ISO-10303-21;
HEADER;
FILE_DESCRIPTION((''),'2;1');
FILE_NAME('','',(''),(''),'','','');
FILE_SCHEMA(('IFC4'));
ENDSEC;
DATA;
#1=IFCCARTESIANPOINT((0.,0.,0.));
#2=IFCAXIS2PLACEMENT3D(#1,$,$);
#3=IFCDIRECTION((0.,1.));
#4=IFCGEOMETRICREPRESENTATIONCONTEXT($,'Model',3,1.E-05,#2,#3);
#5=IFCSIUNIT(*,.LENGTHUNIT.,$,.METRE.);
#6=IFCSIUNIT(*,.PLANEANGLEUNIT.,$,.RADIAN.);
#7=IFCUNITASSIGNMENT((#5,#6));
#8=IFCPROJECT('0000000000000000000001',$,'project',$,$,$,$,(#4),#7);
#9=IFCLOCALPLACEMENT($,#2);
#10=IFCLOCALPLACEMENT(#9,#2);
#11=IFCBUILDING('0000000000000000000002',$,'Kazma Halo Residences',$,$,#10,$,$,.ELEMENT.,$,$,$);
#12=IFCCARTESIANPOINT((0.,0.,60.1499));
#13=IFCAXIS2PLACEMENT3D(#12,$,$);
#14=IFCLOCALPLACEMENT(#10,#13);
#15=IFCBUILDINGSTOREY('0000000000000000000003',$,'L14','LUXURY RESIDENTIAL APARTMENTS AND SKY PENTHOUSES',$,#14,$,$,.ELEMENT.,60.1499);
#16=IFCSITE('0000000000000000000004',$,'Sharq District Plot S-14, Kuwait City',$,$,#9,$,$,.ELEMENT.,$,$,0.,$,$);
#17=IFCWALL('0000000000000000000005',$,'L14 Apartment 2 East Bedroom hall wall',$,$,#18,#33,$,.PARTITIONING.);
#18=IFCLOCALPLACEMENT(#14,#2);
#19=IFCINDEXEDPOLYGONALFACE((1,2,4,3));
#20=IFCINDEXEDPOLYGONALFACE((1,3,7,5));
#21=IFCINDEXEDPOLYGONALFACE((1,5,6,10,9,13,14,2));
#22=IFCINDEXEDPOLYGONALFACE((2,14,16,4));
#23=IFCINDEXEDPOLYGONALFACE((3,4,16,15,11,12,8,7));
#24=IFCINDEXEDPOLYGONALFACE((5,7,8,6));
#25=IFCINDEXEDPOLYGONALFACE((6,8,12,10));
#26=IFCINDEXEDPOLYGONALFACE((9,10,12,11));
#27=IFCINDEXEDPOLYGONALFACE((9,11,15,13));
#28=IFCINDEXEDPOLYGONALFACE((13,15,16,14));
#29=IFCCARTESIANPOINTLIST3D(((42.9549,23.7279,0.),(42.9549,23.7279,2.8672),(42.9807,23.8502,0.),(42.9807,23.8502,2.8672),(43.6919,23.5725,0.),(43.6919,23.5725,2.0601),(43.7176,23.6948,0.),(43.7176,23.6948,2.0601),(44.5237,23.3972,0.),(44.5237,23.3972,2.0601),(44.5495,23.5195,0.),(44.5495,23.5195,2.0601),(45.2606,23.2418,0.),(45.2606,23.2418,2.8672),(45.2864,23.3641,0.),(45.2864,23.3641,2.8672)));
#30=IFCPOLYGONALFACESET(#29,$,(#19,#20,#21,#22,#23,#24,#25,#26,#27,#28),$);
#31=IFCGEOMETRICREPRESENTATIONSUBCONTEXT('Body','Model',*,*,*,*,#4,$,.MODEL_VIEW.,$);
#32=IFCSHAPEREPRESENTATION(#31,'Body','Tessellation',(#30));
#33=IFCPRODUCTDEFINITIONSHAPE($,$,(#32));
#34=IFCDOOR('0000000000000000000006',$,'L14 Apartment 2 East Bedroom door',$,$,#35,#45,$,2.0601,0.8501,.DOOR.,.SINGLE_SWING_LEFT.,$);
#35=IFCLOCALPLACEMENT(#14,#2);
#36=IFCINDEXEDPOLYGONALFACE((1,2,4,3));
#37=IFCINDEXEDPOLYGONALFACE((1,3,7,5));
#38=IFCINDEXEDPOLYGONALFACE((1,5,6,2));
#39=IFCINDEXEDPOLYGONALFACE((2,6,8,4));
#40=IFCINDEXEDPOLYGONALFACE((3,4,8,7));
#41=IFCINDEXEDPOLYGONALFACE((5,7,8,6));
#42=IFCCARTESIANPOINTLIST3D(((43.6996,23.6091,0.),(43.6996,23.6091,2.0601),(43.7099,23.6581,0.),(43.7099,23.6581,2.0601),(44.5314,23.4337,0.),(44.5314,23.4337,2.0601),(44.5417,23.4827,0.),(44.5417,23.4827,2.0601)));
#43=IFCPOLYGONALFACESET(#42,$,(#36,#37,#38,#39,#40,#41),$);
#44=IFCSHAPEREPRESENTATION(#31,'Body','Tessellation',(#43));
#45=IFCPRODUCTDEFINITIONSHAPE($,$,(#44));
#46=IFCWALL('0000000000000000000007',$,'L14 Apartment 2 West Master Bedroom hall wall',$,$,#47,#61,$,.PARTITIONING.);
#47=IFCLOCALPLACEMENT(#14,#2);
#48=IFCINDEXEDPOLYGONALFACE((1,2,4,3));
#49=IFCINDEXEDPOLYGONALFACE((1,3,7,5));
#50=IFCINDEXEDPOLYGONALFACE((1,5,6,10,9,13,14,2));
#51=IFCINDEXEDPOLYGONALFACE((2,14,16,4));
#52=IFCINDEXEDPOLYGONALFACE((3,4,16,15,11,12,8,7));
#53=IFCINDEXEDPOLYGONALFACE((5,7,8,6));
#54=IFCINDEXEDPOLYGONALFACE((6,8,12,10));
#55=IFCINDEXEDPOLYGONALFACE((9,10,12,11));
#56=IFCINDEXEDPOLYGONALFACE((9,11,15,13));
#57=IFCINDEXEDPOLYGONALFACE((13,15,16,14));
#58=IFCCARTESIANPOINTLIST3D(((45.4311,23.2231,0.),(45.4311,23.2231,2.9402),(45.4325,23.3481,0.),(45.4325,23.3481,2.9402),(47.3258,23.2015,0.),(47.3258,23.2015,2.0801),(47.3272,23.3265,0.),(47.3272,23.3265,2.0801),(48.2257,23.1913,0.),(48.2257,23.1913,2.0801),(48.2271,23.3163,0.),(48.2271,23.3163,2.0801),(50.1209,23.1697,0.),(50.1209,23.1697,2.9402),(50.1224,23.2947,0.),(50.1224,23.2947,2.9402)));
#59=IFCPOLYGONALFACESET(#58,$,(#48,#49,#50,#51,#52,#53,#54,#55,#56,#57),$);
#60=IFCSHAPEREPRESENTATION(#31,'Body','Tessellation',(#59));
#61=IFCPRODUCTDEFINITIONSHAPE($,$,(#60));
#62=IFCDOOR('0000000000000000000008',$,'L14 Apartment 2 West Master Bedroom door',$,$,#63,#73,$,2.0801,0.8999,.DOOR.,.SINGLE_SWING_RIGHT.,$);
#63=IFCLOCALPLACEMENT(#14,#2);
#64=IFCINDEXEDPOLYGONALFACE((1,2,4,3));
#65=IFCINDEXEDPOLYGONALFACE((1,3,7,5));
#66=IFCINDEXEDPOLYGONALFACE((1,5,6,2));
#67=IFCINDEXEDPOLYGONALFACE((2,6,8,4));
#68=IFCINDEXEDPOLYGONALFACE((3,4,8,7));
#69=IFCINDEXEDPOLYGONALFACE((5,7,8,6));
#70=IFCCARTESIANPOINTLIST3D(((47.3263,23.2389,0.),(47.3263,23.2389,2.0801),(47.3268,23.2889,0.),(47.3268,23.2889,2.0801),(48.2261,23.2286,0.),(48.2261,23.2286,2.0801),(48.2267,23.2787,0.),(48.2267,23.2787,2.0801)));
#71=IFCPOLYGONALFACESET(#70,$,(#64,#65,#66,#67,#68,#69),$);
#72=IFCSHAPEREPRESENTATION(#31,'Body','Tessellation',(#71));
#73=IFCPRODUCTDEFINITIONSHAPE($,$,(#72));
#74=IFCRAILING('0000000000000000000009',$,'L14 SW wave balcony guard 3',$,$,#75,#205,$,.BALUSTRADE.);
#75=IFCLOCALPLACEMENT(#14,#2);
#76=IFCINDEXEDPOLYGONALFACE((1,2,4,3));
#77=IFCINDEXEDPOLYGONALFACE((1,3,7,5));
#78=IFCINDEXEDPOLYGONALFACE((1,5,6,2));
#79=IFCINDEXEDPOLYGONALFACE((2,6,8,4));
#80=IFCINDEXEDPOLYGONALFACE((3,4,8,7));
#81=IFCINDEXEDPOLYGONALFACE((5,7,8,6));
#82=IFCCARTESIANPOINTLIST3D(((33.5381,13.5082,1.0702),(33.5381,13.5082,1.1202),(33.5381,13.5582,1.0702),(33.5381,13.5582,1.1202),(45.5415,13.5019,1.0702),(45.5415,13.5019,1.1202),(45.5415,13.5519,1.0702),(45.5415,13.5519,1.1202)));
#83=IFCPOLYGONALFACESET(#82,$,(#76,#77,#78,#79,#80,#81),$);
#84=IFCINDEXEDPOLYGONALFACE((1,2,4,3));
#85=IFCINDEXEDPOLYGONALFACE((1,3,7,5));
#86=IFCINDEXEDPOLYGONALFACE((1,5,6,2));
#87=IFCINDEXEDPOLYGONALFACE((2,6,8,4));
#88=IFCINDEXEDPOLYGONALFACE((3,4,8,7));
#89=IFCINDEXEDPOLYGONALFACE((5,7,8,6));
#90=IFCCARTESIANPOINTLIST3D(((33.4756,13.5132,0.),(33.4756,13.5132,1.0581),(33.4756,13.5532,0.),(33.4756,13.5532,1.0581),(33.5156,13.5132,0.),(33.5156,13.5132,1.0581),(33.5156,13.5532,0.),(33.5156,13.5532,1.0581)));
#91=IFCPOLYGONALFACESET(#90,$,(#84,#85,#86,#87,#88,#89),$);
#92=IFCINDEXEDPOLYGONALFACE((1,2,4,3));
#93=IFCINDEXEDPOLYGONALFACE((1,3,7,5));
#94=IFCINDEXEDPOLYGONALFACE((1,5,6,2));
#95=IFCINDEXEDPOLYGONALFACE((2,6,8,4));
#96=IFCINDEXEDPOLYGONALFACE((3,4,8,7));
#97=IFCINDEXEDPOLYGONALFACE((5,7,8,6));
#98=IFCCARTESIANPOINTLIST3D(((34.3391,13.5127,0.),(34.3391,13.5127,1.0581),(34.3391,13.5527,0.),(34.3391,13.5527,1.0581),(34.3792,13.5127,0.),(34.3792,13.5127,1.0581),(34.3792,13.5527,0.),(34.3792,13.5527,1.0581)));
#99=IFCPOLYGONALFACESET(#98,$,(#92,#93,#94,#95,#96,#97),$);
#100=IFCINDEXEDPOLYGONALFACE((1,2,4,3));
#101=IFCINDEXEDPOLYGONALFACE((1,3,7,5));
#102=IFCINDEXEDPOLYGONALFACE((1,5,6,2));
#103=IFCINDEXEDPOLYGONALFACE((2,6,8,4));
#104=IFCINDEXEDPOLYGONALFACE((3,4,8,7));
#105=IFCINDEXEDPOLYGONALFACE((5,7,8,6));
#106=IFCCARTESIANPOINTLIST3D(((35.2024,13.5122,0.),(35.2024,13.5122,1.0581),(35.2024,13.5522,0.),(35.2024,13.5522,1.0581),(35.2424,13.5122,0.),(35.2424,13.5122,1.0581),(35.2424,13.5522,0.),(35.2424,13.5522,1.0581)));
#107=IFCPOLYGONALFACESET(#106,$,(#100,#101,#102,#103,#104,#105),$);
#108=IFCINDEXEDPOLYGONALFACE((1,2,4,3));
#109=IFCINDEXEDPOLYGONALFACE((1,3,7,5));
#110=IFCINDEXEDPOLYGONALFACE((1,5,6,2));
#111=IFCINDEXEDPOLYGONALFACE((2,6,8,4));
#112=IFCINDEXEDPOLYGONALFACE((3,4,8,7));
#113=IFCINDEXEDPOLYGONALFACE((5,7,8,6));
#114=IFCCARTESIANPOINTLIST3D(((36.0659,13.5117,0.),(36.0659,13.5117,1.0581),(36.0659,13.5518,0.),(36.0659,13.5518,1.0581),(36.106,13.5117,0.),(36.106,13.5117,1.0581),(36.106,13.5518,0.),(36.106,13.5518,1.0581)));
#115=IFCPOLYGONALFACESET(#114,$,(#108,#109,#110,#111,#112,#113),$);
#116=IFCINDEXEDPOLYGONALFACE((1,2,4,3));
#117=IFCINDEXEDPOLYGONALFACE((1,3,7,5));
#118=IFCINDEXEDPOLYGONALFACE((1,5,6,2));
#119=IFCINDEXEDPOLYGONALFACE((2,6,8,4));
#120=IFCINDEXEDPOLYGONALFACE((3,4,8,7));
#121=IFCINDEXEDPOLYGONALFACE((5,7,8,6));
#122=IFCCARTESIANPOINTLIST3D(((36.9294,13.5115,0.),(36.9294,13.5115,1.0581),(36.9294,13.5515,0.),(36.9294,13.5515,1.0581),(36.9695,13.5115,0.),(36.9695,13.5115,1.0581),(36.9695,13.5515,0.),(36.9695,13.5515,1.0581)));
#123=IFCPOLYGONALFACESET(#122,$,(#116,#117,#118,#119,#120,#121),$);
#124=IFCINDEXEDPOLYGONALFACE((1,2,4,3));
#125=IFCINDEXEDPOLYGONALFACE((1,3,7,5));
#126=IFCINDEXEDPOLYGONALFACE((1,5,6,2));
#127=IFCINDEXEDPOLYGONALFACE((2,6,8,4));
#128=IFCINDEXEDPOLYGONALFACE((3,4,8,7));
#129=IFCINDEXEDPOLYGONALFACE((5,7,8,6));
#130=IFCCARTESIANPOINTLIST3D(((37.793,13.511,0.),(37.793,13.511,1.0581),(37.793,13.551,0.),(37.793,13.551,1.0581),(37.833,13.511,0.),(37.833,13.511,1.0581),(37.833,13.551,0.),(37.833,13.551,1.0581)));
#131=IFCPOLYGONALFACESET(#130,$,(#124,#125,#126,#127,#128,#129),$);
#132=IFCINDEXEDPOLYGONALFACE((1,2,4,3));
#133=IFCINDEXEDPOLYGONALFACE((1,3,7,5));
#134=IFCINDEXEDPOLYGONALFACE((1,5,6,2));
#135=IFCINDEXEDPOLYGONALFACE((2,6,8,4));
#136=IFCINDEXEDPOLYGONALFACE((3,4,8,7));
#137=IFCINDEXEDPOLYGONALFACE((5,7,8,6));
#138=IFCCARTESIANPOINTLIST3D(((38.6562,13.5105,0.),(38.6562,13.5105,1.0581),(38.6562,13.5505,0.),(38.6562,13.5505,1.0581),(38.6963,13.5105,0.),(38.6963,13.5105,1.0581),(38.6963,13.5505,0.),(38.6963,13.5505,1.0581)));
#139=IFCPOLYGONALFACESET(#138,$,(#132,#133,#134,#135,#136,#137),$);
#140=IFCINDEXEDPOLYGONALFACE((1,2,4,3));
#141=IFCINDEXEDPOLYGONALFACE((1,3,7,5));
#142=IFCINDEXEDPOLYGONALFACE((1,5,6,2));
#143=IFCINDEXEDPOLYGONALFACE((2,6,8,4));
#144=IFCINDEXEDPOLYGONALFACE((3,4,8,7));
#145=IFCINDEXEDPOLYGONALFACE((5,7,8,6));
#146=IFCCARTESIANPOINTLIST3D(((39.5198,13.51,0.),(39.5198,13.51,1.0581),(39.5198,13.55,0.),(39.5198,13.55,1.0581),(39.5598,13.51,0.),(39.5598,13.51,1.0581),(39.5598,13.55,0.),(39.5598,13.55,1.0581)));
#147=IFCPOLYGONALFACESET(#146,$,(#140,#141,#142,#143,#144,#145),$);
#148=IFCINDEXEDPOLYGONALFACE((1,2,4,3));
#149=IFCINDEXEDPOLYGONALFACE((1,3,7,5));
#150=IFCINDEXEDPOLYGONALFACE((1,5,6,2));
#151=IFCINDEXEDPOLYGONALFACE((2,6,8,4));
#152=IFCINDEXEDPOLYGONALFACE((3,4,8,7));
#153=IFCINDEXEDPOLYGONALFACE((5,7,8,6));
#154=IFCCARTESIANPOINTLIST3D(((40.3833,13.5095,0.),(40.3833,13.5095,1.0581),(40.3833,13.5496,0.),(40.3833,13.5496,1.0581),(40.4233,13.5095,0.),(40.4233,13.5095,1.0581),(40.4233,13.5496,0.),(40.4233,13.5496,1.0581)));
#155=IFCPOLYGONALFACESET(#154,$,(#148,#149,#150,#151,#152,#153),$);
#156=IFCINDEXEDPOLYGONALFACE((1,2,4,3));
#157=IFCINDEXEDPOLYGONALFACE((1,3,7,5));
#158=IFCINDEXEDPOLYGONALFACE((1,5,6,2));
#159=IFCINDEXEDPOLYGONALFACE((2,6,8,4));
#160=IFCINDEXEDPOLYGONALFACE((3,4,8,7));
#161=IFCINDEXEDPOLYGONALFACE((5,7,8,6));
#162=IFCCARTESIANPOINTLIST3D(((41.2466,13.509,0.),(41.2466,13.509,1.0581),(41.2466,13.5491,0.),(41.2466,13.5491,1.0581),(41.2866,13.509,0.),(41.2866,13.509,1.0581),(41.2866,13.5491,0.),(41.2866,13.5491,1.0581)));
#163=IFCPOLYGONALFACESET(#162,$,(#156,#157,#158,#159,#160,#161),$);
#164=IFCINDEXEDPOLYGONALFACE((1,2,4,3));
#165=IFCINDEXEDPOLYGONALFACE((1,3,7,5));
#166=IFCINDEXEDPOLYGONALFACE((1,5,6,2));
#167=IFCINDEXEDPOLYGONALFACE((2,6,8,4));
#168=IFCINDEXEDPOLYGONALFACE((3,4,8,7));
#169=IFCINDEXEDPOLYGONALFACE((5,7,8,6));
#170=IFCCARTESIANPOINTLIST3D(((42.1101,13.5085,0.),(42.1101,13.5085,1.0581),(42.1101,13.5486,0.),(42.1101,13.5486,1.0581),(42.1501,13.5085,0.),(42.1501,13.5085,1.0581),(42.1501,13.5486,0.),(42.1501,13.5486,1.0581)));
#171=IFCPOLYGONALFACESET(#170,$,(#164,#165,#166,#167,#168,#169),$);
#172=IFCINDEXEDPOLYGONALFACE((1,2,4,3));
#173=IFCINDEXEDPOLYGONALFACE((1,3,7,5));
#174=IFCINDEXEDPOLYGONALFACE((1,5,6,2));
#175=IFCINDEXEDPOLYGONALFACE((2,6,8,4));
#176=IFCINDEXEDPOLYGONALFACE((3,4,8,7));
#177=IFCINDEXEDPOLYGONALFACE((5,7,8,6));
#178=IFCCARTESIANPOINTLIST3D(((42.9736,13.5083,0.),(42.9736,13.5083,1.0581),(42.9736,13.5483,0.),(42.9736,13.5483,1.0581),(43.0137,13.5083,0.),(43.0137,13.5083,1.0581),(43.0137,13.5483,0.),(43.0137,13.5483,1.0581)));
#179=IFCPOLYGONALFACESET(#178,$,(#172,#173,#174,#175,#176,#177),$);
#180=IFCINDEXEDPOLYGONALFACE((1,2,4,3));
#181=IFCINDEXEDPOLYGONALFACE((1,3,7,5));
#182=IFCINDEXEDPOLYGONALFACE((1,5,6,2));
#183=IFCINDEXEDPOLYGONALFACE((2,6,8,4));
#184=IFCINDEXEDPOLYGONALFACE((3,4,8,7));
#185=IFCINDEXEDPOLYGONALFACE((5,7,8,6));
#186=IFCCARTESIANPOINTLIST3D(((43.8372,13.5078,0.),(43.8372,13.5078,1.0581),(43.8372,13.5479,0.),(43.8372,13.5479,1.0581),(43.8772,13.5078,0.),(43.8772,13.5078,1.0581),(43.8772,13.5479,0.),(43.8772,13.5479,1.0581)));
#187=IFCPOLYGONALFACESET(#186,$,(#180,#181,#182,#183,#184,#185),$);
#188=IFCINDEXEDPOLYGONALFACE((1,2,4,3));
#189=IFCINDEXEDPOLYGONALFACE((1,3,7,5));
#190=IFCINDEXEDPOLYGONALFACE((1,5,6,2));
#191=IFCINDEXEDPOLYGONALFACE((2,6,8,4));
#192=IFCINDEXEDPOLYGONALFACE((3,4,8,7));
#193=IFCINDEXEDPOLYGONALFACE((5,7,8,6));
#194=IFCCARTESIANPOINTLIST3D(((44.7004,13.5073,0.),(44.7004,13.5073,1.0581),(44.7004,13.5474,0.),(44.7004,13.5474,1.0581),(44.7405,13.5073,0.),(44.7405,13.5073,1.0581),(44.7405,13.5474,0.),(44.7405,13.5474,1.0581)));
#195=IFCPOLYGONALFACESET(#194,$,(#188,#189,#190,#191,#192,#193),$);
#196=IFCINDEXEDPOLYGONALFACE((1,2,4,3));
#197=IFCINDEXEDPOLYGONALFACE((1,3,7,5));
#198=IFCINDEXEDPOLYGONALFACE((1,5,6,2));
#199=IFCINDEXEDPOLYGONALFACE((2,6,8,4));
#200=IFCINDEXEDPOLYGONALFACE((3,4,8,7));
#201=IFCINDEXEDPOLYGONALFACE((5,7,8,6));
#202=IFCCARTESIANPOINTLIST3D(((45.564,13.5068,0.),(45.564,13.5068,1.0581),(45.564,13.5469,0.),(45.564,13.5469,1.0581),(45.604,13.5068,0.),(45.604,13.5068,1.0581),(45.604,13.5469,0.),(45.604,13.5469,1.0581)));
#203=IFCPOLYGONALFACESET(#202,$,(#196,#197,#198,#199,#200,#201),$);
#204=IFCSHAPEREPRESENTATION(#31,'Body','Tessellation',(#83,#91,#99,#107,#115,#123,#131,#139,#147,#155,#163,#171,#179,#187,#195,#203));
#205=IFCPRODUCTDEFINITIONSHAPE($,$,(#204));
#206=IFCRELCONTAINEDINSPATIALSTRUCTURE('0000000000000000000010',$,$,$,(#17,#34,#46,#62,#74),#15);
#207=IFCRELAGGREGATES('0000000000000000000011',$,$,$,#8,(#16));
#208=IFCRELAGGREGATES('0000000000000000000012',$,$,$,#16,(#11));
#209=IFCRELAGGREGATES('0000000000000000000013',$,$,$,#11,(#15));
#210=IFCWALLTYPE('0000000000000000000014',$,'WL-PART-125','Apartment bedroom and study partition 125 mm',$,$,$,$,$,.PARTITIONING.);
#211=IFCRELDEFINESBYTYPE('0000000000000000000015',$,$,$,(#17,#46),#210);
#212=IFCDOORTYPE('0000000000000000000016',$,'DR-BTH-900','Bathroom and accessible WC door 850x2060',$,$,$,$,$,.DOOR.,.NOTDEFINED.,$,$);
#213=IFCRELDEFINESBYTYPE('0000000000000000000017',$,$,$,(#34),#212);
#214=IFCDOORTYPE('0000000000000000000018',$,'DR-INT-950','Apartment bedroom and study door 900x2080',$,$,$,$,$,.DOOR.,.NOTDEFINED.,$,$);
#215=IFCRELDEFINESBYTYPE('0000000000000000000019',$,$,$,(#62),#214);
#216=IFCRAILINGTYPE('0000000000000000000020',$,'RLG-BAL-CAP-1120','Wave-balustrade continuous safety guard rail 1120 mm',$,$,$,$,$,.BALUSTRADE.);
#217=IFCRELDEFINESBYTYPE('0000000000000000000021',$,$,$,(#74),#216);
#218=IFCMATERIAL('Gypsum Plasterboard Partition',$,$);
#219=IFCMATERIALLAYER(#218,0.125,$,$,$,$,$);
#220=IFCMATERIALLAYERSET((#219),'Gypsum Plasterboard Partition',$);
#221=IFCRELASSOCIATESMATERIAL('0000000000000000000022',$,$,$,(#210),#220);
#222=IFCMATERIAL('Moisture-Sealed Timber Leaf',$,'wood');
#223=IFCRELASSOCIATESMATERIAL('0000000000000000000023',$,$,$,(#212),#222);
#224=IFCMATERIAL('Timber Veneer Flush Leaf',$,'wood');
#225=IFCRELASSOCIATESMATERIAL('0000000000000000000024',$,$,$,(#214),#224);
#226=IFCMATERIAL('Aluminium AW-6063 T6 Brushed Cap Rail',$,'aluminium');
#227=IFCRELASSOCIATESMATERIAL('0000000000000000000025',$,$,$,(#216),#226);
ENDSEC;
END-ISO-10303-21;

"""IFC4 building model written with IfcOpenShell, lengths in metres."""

from ifc_helpers import new_model, si_unit, direction, frame, frame_2d, origin, origin_2d, place, context, subcontext, project, spatial, rectangle, extrude, material, layer, layer_set, type_object, element, fill, save


model = new_model("IFC4")

# Units and contexts
model_context = context("Model", 3, precision=1e-05, world=origin(), true_north=direction((0.0, 1.0)))
body_context = subcontext(model_context, "Body", "Model", "MODEL_VIEW")
ifc_project = project(units=[si_unit("LENGTHUNIT", "METRE"), si_unit("PLANEANGLEUNIT", "RADIAN")], contexts=[model_context])

# Site, building, storey
site_placement = place(None, origin())
site = spatial("IfcSite", under=ifc_project, at=site_placement, Name="Sharq District Plot S-14, Kuwait City", CompositionType="ELEMENT", RefElevation=0.0)
building_placement = place(site_placement, origin())
building = spatial("IfcBuilding", under=site, at=building_placement, Name="Kazma Halo Residences", CompositionType="ELEMENT")
storey_placement = place(building_placement, frame((0.0, 0.0, 60.1499)))
storey = spatial("IfcBuildingStorey", under=building, at=storey_placement, Name="L14", Description="LUXURY RESIDENTIAL APARTMENTS AND SKY PENTHOUSES", CompositionType="ELEMENT", Elevation=60.1499)

# Shared definitions
ifc_material_1 = material(Name="Gypsum Plasterboard Partition")
ifc_layer_1 = layer(ifc_material_1, 0.125)
ifc_layer_set_1 = layer_set([ifc_layer_1], Name="Gypsum Plasterboard Partition")
wall_type_1 = type_object("IfcWallType", Name="WL-PART-125", Description="Apartment bedroom and study partition 125 mm", PredefinedType="PARTITIONING", material=ifc_layer_set_1)

# Shared definitions
ifc_material_2 = material(Name="Moisture-Sealed Timber Leaf", Category="wood")
door_type_1 = type_object("IfcDoorType", Name="DR-BTH-900", Description="Bathroom and accessible WC door 850x2060", OperationType="NOTDEFINED", PredefinedType="DOOR", material=ifc_material_2)

# Walls, openings, doors
wall_1_placement = place(storey_placement, frame((42.9678, 23.7891, 0.0), z_axis=(0.0, 0.0, 1.0), x_axis=(0.978491, -0.206287, 0.0)))
wall_1 = element("IfcWall", 1, at=wall_1_placement, inside=storey, type_object=wall_type_1, Name="L14 Apartment 2 East Bedroom hall wall", PredefinedType="PARTITIONING", context=body_context, shape_type="SweptSolid", body=[
    extrude(rectangle(XDim=2.3564, YDim=0.125, at=frame_2d((1.1782, 0.0))), origin(), (0.0, 0.0, 1.0), 2.8672),
])
opening_1_placement = place(wall_1_placement, frame((0.7532, 0.0, 0.0)))
opening_1 = element("IfcOpeningElement", 2, at=opening_1_placement, cuts=wall_1, PredefinedType="OPENING", context=body_context, shape_type="SweptSolid", body=[
    extrude(rectangle(XDim=0.8501, YDim=2.0601, at=frame_2d((0.425, 1.03))), frame((0.0, 0.0725, 0.0), z_axis=(0.0, -1.0, 0.0), x_axis=(1.0, 0.0, 0.0)), (0.0, 0.0, 1.0), 0.145),
])
door_1_placement = place(opening_1_placement, origin())
door_1 = element("IfcDoor", 3, at=door_1_placement, inside=storey, type_object=door_type_1, Name="L14 Apartment 2 East Bedroom door", OperationType="SINGLE_SWING_LEFT", OverallHeight=2.0601, OverallWidth=0.8501, PredefinedType="DOOR", context=body_context, shape_type="SweptSolid", body=[
    extrude(rectangle(XDim=0.8501, YDim=2.0601, at=frame_2d((0.425, 1.03))), frame((0.0, 0.0249, 0.0), z_axis=(0.0, -1.0, 0.0), x_axis=(1.0, 0.0, 0.0)), (0.0, 0.0, 1.0), 0.05),
])
fill(opening_1, door_1)
wall_2_placement = place(storey_placement, frame((45.4316, 23.2856, 0.0), z_axis=(0.0, 0.0, 1.0), x_axis=(0.999935, -0.0114, 0.0)))
wall_2 = element("IfcWall", 4, at=wall_2_placement, inside=storey, type_object=wall_type_1, Name="L14 Apartment 2 West Master Bedroom hall wall", PredefinedType="PARTITIONING", context=body_context, shape_type="SweptSolid", body=[
    extrude(rectangle(XDim=4.6902, YDim=0.125, at=frame_2d((2.3452, 0.0))), origin(), (0.0, 0.0, 1.0), 2.9402),
])
opening_2_placement = place(wall_2_placement, frame((1.895, 0.0, 0.0)))
opening_2 = element("IfcOpeningElement", 5, at=opening_2_placement, cuts=wall_2, PredefinedType="OPENING", context=body_context, shape_type="SweptSolid", body=[
    extrude(rectangle(XDim=0.8999, YDim=2.0801, at=frame_2d((0.45, 1.04))), frame((0.0, 0.0725, 0.0), z_axis=(0.0, -1.0, 0.0), x_axis=(1.0, 0.0, 0.0)), (0.0, 0.0, 1.0), 0.145),
])
ifc_material_3 = material(Name="Timber Veneer Flush Leaf", Category="wood")
door_type_2 = type_object("IfcDoorType", Name="DR-INT-950", Description="Apartment bedroom and study door 900x2080", OperationType="NOTDEFINED", PredefinedType="DOOR", material=ifc_material_3)
door_2_placement = place(opening_2_placement, origin())
door_2 = element("IfcDoor", 6, at=door_2_placement, inside=storey, type_object=door_type_2, Name="L14 Apartment 2 West Master Bedroom door", OperationType="SINGLE_SWING_RIGHT", OverallHeight=2.0801, OverallWidth=0.8999, PredefinedType="DOOR", context=body_context, shape_type="SweptSolid", body=[
    extrude(rectangle(XDim=0.8999, YDim=2.0801, at=frame_2d((0.45, 1.04))), frame((0.0, 0.0249, 0.0), z_axis=(0.0, -1.0, 0.0), x_axis=(1.0, 0.0, 0.0)), (0.0, 0.0, 1.0), 0.05),
])
fill(opening_2, door_2)

# Railing
ifc_material_4 = material(Name="Aluminium AW-6063 T6 Brushed Cap Rail", Category="aluminium")
railing_type = type_object("IfcRailingType", Name="RLG-BAL-CAP-1120", Description="Wave-balustrade continuous safety guard rail 1120 mm", PredefinedType="BALUSTRADE", material=ifc_material_4)
railing_1_placement = place(storey_placement, frame((33.4956, 13.5332, 0.0)))
element("IfcRailing", 7, at=railing_1_placement, inside=storey, type_object=railing_type, Name="L14 SW wave balcony guard 3", PredefinedType="BALUSTRADE", context=body_context, shape_type="SweptSolid", body=[
    extrude(rectangle(XDim=0.05, YDim=0.05, at=origin_2d()), frame((0.0425, 0.0, 1.0952), z_axis=(1.0, -0.000525, 0.0), x_axis=(0.000525, 1.0, 0.0)), (0.0, 0.0, 1.0), 12.0034),
    extrude(rectangle(XDim=0.04, YDim=0.04, at=origin_2d()), origin(), (0.0, 0.0, 1.0), 1.0581),
    extrude(rectangle(XDim=0.04, YDim=0.04, at=origin_2d()), frame((0.8635, -0.0005, 0.0)), (0.0, 0.0, 1.0), 1.0581),
    extrude(rectangle(XDim=0.04, YDim=0.04, at=origin_2d()), frame((1.7268, -0.001, 0.0)), (0.0, 0.0, 1.0), 1.0581),
    extrude(rectangle(XDim=0.04, YDim=0.04, at=origin_2d()), frame((2.5903, -0.0015, 0.0)), (0.0, 0.0, 1.0), 1.0581),
    extrude(rectangle(XDim=0.04, YDim=0.04, at=origin_2d()), frame((3.4539, -0.0017, 0.0)), (0.0, 0.0, 1.0), 1.0581),
    extrude(rectangle(XDim=0.04, YDim=0.04, at=origin_2d()), frame((4.3174, -0.0022, 0.0)), (0.0, 0.0, 1.0), 1.0581),
    extrude(rectangle(XDim=0.04, YDim=0.04, at=origin_2d()), frame((5.1807, -0.0027, 0.0)), (0.0, 0.0, 1.0), 1.0581),
    extrude(rectangle(XDim=0.04, YDim=0.04, at=origin_2d()), frame((6.0442, -0.0032, 0.0)), (0.0, 0.0, 1.0), 1.0581),
    extrude(rectangle(XDim=0.04, YDim=0.04, at=origin_2d()), frame((6.9077, -0.0037, 0.0)), (0.0, 0.0, 1.0), 1.0581),
    extrude(rectangle(XDim=0.04, YDim=0.04, at=origin_2d()), frame((7.771, -0.0042, 0.0)), (0.0, 0.0, 1.0), 1.0581),
    extrude(rectangle(XDim=0.04, YDim=0.04, at=origin_2d()), frame((8.6345, -0.0046, 0.0)), (0.0, 0.0, 1.0), 1.0581),
    extrude(rectangle(XDim=0.04, YDim=0.04, at=origin_2d()), frame((9.498, -0.0049, 0.0)), (0.0, 0.0, 1.0), 1.0581),
    extrude(rectangle(XDim=0.04, YDim=0.04, at=origin_2d()), frame((10.3616, -0.0054, 0.0)), (0.0, 0.0, 1.0), 1.0581),
    extrude(rectangle(XDim=0.04, YDim=0.04, at=origin_2d()), frame((11.2249, -0.0059, 0.0)), (0.0, 0.0, 1.0), 1.0581),
    extrude(rectangle(XDim=0.04, YDim=0.04, at=origin_2d()), frame((12.0884, -0.0063, 0.0)), (0.0, 0.0, 1.0), 1.0581),
])

save(model, "model.ifc")
